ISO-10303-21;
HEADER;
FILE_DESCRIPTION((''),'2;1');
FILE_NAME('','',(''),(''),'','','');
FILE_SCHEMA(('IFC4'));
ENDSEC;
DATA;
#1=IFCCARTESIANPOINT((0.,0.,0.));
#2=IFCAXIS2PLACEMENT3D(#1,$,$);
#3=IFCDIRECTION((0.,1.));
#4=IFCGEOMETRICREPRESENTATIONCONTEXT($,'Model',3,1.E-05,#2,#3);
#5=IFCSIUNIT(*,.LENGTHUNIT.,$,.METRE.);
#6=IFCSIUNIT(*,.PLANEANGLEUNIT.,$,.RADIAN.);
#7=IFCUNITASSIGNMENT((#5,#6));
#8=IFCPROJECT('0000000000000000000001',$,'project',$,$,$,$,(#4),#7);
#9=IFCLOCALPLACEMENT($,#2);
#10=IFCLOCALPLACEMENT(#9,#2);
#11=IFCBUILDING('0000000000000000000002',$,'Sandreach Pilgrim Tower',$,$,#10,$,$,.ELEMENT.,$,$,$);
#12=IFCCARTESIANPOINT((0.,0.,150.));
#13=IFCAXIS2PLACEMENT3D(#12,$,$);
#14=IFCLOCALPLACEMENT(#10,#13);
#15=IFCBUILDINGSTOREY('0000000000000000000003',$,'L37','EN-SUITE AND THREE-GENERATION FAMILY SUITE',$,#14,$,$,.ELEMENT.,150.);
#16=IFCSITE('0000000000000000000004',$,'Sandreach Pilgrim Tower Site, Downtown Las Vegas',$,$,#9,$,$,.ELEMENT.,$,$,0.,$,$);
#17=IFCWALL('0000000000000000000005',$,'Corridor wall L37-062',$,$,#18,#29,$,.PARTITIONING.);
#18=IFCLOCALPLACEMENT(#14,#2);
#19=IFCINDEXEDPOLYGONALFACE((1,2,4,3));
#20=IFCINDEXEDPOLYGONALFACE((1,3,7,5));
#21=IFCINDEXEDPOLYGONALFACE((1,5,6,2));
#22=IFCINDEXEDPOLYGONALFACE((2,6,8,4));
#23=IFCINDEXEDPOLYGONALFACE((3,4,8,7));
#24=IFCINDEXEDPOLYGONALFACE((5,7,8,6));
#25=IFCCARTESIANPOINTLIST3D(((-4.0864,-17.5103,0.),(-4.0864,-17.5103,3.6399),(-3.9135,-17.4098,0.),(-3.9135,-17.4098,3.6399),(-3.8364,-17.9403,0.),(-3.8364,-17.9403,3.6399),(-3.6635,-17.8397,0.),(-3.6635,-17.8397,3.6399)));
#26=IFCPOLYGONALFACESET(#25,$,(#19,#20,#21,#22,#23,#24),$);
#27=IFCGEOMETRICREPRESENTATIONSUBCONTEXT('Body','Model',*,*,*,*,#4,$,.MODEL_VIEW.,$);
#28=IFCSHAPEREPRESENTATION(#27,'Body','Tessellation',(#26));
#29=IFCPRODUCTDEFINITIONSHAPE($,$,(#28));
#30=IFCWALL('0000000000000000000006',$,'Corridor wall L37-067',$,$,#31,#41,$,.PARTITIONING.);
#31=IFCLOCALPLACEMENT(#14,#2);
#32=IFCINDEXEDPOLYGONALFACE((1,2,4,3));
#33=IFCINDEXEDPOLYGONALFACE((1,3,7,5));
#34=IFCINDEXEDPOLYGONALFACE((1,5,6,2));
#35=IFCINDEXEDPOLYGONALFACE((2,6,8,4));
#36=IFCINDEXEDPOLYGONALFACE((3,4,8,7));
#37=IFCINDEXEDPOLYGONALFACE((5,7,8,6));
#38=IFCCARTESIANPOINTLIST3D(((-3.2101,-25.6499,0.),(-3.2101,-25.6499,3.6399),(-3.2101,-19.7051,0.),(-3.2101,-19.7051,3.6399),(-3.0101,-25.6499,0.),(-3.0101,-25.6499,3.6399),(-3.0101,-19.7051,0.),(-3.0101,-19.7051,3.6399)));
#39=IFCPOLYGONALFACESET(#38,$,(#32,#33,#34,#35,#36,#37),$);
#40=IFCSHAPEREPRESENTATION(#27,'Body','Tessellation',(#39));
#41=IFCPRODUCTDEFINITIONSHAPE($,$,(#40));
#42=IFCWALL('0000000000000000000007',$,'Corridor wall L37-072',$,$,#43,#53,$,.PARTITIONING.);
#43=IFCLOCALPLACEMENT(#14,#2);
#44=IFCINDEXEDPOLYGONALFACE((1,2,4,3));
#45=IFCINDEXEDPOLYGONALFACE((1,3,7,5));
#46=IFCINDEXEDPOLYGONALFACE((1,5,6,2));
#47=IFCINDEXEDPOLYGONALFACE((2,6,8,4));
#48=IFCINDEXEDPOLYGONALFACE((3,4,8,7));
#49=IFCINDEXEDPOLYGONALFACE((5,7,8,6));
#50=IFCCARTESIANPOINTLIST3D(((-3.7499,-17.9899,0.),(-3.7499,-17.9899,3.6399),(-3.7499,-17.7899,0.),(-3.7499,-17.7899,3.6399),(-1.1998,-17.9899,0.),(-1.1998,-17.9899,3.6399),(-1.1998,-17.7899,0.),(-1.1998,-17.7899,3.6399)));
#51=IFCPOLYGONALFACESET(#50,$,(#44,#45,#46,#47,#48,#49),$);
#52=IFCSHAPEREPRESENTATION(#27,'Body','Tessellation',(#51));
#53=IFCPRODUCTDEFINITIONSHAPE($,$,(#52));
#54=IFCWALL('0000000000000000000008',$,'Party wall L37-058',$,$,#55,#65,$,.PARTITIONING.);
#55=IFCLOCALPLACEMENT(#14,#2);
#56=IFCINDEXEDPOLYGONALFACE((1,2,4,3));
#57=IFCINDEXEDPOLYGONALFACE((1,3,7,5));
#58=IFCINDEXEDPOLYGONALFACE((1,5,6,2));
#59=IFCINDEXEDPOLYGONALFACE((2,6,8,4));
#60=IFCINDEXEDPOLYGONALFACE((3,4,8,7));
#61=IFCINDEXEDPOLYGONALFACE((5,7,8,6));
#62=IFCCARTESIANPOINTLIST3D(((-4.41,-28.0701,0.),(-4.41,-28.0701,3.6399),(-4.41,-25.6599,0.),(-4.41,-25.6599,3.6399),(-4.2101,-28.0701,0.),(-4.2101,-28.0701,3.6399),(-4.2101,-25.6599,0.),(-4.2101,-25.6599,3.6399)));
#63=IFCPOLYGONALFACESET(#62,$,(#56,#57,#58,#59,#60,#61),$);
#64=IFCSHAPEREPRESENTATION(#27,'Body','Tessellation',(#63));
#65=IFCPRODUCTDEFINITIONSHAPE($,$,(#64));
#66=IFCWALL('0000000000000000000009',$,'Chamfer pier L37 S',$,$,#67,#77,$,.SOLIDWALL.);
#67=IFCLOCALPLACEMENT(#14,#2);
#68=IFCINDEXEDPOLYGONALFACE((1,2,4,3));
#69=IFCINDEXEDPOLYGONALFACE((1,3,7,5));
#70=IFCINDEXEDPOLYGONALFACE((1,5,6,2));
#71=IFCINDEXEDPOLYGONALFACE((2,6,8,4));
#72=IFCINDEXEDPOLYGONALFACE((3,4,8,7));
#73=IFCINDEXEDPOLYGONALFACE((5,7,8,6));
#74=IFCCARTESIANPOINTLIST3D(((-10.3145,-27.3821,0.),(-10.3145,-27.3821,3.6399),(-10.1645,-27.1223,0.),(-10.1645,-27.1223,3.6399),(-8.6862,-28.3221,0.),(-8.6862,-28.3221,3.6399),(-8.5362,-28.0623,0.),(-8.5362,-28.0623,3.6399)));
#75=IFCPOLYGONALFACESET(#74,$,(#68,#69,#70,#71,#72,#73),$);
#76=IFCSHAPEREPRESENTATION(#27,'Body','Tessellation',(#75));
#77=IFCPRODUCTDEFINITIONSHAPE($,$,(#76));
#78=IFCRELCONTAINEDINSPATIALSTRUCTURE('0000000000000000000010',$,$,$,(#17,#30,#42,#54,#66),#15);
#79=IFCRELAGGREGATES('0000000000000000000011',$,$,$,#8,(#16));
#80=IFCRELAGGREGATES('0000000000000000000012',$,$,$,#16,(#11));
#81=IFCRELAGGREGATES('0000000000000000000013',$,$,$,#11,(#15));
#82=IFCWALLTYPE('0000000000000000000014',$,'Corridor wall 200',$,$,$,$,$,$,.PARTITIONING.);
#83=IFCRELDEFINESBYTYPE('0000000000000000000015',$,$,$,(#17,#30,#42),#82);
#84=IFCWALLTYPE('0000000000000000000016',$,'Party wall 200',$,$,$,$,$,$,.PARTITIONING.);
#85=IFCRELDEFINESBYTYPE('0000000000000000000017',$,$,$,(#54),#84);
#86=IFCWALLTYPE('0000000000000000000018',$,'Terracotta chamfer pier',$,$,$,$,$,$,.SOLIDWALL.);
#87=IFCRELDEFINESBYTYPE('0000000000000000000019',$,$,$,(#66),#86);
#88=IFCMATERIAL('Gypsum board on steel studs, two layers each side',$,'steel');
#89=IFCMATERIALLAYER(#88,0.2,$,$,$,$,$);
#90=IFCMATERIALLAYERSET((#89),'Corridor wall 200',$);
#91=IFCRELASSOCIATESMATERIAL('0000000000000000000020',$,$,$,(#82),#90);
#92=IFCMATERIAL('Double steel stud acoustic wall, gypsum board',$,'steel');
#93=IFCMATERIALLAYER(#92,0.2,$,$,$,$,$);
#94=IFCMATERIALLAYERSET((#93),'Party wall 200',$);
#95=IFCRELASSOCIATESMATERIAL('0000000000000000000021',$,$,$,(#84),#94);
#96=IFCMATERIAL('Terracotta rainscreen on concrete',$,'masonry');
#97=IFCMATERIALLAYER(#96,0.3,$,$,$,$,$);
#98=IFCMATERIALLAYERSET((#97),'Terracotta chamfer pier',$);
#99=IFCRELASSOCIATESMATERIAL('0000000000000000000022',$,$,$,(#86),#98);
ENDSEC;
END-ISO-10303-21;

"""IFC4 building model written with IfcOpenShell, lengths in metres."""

from ifc_helpers import new_model, si_unit, direction, frame, frame_2d, origin, place, context, subcontext, project, spatial, rectangle, extrude, material, layer, layer_set, type_object, element, save


model = new_model("IFC4")

# Units and contexts
model_context = context("Model", 3, precision=1e-05, world=origin(), true_north=direction((0.0, 1.0)))
body_context = subcontext(model_context, "Body", "Model", "MODEL_VIEW")
ifc_project = project(units=[si_unit("LENGTHUNIT", "METRE"), si_unit("PLANEANGLEUNIT", "RADIAN")], contexts=[model_context])

# Site, building, storey
site_placement = place(None, origin())
site = spatial("IfcSite", under=ifc_project, at=site_placement, Name="Sandreach Pilgrim Tower Site, Downtown Las Vegas", CompositionType="ELEMENT", RefElevation=0.0)
building_placement = place(site_placement, origin())
building = spatial("IfcBuilding", under=site, at=building_placement, Name="Sandreach Pilgrim Tower", CompositionType="ELEMENT")
storey_placement = place(building_placement, frame((0.0, 0.0, 150.0)))
storey = spatial("IfcBuildingStorey", under=building, at=storey_placement, Name="L37", Description="EN-SUITE AND THREE-GENERATION FAMILY SUITE", CompositionType="ELEMENT", Elevation=150.0)

# Shared definitions
ifc_material_1 = material(Name="Gypsum board on steel studs, two layers each side", Category="steel")
ifc_layer_1 = layer(ifc_material_1, 0.2)
ifc_layer_set_1 = layer_set([ifc_layer_1], Name="Corridor wall 200")
wall_type_1 = type_object("IfcWallType", Name="Corridor wall 200", PredefinedType="PARTITIONING", material=ifc_layer_set_1)

# Walls
wall_1_placement = place(storey_placement, frame((-3.75, -17.8899, 0.0), z_axis=(0.0, 0.0, 1.0), x_axis=(-0.50268, 0.864472, 0.0)))
element("IfcWall", 1, at=wall_1_placement, inside=storey, type_object=wall_type_1, Name="Corridor wall L37-062", PredefinedType="PARTITIONING", context=body_context, shape_type="SweptSolid", body=[
    extrude(rectangle(XDim=0.4973, YDim=0.2, at=frame_2d((0.2485, 0.0))), origin(), (0.0, 0.0, 1.0), 3.6399),
])
wall_2_placement = place(storey_placement, frame((-3.1101, -25.6499, 0.0), z_axis=(0.0, 0.0, 1.0), x_axis=(0.0, 1.0, 0.0)))
element("IfcWall", 2, at=wall_2_placement, inside=storey, type_object=wall_type_1, Name="Corridor wall L37-067", PredefinedType="PARTITIONING", context=body_context, shape_type="SweptSolid", body=[
    extrude(rectangle(XDim=5.9448, YDim=0.2, at=frame_2d((2.9724, 0.0))), origin(), (0.0, 0.0, 1.0), 3.6399),
])

# Walls
wall_3_placement = place(storey_placement, frame((-1.2, -17.8899, 0.0), z_axis=(0.0, 0.0, 1.0), x_axis=(-1.0, 0.0, 0.0)))
element("IfcWall", 3, at=wall_3_placement, inside=storey, type_object=wall_type_1, Name="Corridor wall L37-072", PredefinedType="PARTITIONING", context=body_context, shape_type="SweptSolid", body=[
    extrude(rectangle(XDim=2.55, YDim=0.2, at=frame_2d((1.2749, 0.0))), origin(), (0.0, 0.0, 1.0), 3.6399),
])
ifc_material_2 = material(Name="Double steel stud acoustic wall, gypsum board", Category="steel")
ifc_layer_2 = layer(ifc_material_2, 0.2)
ifc_layer_set_2 = layer_set([ifc_layer_2], Name="Party wall 200")
wall_type_2 = type_object("IfcWallType", Name="Party wall 200", PredefinedType="PARTITIONING", material=ifc_layer_set_2)
wall_4_placement = place(storey_placement, frame((-4.3101, -28.0701, 0.0), z_axis=(0.0, 0.0, 1.0), x_axis=(0.0, 1.0, 0.0)))
element("IfcWall", 4, at=wall_4_placement, inside=storey, type_object=wall_type_2, Name="Party wall L37-058", PredefinedType="PARTITIONING", context=body_context, shape_type="SweptSolid", body=[
    extrude(rectangle(XDim=2.4102, YDim=0.2, at=frame_2d((1.2051, 0.0))), origin(), (0.0, 0.0, 1.0), 3.6399),
])
ifc_material_3 = material(Name="Terracotta rainscreen on concrete", Category="masonry")
ifc_layer_3 = layer(ifc_material_3, 0.3)
ifc_layer_set_3 = layer_set([ifc_layer_3], Name="Terracotta chamfer pier")
wall_type_3 = type_object("IfcWallType", Name="Terracotta chamfer pier", PredefinedType="SOLIDWALL", material=ifc_layer_set_3)
wall_5_placement = place(storey_placement, frame((-8.6113, -28.1921, 0.0), z_axis=(0.0, 0.0, 1.0), x_axis=(-0.866045, 0.499966, 0.0)))
element("IfcWall", 5, at=wall_5_placement, inside=storey, type_object=wall_type_3, Name="Chamfer pier L37 S", PredefinedType="SOLIDWALL", context=body_context, shape_type="SweptSolid", body=[
    extrude(rectangle(XDim=1.8801, YDim=0.3, at=frame_2d((0.9399, 0.0))), origin(), (0.0, 0.0, 1.0), 3.6399),
])

save(model, "model.ifc")
